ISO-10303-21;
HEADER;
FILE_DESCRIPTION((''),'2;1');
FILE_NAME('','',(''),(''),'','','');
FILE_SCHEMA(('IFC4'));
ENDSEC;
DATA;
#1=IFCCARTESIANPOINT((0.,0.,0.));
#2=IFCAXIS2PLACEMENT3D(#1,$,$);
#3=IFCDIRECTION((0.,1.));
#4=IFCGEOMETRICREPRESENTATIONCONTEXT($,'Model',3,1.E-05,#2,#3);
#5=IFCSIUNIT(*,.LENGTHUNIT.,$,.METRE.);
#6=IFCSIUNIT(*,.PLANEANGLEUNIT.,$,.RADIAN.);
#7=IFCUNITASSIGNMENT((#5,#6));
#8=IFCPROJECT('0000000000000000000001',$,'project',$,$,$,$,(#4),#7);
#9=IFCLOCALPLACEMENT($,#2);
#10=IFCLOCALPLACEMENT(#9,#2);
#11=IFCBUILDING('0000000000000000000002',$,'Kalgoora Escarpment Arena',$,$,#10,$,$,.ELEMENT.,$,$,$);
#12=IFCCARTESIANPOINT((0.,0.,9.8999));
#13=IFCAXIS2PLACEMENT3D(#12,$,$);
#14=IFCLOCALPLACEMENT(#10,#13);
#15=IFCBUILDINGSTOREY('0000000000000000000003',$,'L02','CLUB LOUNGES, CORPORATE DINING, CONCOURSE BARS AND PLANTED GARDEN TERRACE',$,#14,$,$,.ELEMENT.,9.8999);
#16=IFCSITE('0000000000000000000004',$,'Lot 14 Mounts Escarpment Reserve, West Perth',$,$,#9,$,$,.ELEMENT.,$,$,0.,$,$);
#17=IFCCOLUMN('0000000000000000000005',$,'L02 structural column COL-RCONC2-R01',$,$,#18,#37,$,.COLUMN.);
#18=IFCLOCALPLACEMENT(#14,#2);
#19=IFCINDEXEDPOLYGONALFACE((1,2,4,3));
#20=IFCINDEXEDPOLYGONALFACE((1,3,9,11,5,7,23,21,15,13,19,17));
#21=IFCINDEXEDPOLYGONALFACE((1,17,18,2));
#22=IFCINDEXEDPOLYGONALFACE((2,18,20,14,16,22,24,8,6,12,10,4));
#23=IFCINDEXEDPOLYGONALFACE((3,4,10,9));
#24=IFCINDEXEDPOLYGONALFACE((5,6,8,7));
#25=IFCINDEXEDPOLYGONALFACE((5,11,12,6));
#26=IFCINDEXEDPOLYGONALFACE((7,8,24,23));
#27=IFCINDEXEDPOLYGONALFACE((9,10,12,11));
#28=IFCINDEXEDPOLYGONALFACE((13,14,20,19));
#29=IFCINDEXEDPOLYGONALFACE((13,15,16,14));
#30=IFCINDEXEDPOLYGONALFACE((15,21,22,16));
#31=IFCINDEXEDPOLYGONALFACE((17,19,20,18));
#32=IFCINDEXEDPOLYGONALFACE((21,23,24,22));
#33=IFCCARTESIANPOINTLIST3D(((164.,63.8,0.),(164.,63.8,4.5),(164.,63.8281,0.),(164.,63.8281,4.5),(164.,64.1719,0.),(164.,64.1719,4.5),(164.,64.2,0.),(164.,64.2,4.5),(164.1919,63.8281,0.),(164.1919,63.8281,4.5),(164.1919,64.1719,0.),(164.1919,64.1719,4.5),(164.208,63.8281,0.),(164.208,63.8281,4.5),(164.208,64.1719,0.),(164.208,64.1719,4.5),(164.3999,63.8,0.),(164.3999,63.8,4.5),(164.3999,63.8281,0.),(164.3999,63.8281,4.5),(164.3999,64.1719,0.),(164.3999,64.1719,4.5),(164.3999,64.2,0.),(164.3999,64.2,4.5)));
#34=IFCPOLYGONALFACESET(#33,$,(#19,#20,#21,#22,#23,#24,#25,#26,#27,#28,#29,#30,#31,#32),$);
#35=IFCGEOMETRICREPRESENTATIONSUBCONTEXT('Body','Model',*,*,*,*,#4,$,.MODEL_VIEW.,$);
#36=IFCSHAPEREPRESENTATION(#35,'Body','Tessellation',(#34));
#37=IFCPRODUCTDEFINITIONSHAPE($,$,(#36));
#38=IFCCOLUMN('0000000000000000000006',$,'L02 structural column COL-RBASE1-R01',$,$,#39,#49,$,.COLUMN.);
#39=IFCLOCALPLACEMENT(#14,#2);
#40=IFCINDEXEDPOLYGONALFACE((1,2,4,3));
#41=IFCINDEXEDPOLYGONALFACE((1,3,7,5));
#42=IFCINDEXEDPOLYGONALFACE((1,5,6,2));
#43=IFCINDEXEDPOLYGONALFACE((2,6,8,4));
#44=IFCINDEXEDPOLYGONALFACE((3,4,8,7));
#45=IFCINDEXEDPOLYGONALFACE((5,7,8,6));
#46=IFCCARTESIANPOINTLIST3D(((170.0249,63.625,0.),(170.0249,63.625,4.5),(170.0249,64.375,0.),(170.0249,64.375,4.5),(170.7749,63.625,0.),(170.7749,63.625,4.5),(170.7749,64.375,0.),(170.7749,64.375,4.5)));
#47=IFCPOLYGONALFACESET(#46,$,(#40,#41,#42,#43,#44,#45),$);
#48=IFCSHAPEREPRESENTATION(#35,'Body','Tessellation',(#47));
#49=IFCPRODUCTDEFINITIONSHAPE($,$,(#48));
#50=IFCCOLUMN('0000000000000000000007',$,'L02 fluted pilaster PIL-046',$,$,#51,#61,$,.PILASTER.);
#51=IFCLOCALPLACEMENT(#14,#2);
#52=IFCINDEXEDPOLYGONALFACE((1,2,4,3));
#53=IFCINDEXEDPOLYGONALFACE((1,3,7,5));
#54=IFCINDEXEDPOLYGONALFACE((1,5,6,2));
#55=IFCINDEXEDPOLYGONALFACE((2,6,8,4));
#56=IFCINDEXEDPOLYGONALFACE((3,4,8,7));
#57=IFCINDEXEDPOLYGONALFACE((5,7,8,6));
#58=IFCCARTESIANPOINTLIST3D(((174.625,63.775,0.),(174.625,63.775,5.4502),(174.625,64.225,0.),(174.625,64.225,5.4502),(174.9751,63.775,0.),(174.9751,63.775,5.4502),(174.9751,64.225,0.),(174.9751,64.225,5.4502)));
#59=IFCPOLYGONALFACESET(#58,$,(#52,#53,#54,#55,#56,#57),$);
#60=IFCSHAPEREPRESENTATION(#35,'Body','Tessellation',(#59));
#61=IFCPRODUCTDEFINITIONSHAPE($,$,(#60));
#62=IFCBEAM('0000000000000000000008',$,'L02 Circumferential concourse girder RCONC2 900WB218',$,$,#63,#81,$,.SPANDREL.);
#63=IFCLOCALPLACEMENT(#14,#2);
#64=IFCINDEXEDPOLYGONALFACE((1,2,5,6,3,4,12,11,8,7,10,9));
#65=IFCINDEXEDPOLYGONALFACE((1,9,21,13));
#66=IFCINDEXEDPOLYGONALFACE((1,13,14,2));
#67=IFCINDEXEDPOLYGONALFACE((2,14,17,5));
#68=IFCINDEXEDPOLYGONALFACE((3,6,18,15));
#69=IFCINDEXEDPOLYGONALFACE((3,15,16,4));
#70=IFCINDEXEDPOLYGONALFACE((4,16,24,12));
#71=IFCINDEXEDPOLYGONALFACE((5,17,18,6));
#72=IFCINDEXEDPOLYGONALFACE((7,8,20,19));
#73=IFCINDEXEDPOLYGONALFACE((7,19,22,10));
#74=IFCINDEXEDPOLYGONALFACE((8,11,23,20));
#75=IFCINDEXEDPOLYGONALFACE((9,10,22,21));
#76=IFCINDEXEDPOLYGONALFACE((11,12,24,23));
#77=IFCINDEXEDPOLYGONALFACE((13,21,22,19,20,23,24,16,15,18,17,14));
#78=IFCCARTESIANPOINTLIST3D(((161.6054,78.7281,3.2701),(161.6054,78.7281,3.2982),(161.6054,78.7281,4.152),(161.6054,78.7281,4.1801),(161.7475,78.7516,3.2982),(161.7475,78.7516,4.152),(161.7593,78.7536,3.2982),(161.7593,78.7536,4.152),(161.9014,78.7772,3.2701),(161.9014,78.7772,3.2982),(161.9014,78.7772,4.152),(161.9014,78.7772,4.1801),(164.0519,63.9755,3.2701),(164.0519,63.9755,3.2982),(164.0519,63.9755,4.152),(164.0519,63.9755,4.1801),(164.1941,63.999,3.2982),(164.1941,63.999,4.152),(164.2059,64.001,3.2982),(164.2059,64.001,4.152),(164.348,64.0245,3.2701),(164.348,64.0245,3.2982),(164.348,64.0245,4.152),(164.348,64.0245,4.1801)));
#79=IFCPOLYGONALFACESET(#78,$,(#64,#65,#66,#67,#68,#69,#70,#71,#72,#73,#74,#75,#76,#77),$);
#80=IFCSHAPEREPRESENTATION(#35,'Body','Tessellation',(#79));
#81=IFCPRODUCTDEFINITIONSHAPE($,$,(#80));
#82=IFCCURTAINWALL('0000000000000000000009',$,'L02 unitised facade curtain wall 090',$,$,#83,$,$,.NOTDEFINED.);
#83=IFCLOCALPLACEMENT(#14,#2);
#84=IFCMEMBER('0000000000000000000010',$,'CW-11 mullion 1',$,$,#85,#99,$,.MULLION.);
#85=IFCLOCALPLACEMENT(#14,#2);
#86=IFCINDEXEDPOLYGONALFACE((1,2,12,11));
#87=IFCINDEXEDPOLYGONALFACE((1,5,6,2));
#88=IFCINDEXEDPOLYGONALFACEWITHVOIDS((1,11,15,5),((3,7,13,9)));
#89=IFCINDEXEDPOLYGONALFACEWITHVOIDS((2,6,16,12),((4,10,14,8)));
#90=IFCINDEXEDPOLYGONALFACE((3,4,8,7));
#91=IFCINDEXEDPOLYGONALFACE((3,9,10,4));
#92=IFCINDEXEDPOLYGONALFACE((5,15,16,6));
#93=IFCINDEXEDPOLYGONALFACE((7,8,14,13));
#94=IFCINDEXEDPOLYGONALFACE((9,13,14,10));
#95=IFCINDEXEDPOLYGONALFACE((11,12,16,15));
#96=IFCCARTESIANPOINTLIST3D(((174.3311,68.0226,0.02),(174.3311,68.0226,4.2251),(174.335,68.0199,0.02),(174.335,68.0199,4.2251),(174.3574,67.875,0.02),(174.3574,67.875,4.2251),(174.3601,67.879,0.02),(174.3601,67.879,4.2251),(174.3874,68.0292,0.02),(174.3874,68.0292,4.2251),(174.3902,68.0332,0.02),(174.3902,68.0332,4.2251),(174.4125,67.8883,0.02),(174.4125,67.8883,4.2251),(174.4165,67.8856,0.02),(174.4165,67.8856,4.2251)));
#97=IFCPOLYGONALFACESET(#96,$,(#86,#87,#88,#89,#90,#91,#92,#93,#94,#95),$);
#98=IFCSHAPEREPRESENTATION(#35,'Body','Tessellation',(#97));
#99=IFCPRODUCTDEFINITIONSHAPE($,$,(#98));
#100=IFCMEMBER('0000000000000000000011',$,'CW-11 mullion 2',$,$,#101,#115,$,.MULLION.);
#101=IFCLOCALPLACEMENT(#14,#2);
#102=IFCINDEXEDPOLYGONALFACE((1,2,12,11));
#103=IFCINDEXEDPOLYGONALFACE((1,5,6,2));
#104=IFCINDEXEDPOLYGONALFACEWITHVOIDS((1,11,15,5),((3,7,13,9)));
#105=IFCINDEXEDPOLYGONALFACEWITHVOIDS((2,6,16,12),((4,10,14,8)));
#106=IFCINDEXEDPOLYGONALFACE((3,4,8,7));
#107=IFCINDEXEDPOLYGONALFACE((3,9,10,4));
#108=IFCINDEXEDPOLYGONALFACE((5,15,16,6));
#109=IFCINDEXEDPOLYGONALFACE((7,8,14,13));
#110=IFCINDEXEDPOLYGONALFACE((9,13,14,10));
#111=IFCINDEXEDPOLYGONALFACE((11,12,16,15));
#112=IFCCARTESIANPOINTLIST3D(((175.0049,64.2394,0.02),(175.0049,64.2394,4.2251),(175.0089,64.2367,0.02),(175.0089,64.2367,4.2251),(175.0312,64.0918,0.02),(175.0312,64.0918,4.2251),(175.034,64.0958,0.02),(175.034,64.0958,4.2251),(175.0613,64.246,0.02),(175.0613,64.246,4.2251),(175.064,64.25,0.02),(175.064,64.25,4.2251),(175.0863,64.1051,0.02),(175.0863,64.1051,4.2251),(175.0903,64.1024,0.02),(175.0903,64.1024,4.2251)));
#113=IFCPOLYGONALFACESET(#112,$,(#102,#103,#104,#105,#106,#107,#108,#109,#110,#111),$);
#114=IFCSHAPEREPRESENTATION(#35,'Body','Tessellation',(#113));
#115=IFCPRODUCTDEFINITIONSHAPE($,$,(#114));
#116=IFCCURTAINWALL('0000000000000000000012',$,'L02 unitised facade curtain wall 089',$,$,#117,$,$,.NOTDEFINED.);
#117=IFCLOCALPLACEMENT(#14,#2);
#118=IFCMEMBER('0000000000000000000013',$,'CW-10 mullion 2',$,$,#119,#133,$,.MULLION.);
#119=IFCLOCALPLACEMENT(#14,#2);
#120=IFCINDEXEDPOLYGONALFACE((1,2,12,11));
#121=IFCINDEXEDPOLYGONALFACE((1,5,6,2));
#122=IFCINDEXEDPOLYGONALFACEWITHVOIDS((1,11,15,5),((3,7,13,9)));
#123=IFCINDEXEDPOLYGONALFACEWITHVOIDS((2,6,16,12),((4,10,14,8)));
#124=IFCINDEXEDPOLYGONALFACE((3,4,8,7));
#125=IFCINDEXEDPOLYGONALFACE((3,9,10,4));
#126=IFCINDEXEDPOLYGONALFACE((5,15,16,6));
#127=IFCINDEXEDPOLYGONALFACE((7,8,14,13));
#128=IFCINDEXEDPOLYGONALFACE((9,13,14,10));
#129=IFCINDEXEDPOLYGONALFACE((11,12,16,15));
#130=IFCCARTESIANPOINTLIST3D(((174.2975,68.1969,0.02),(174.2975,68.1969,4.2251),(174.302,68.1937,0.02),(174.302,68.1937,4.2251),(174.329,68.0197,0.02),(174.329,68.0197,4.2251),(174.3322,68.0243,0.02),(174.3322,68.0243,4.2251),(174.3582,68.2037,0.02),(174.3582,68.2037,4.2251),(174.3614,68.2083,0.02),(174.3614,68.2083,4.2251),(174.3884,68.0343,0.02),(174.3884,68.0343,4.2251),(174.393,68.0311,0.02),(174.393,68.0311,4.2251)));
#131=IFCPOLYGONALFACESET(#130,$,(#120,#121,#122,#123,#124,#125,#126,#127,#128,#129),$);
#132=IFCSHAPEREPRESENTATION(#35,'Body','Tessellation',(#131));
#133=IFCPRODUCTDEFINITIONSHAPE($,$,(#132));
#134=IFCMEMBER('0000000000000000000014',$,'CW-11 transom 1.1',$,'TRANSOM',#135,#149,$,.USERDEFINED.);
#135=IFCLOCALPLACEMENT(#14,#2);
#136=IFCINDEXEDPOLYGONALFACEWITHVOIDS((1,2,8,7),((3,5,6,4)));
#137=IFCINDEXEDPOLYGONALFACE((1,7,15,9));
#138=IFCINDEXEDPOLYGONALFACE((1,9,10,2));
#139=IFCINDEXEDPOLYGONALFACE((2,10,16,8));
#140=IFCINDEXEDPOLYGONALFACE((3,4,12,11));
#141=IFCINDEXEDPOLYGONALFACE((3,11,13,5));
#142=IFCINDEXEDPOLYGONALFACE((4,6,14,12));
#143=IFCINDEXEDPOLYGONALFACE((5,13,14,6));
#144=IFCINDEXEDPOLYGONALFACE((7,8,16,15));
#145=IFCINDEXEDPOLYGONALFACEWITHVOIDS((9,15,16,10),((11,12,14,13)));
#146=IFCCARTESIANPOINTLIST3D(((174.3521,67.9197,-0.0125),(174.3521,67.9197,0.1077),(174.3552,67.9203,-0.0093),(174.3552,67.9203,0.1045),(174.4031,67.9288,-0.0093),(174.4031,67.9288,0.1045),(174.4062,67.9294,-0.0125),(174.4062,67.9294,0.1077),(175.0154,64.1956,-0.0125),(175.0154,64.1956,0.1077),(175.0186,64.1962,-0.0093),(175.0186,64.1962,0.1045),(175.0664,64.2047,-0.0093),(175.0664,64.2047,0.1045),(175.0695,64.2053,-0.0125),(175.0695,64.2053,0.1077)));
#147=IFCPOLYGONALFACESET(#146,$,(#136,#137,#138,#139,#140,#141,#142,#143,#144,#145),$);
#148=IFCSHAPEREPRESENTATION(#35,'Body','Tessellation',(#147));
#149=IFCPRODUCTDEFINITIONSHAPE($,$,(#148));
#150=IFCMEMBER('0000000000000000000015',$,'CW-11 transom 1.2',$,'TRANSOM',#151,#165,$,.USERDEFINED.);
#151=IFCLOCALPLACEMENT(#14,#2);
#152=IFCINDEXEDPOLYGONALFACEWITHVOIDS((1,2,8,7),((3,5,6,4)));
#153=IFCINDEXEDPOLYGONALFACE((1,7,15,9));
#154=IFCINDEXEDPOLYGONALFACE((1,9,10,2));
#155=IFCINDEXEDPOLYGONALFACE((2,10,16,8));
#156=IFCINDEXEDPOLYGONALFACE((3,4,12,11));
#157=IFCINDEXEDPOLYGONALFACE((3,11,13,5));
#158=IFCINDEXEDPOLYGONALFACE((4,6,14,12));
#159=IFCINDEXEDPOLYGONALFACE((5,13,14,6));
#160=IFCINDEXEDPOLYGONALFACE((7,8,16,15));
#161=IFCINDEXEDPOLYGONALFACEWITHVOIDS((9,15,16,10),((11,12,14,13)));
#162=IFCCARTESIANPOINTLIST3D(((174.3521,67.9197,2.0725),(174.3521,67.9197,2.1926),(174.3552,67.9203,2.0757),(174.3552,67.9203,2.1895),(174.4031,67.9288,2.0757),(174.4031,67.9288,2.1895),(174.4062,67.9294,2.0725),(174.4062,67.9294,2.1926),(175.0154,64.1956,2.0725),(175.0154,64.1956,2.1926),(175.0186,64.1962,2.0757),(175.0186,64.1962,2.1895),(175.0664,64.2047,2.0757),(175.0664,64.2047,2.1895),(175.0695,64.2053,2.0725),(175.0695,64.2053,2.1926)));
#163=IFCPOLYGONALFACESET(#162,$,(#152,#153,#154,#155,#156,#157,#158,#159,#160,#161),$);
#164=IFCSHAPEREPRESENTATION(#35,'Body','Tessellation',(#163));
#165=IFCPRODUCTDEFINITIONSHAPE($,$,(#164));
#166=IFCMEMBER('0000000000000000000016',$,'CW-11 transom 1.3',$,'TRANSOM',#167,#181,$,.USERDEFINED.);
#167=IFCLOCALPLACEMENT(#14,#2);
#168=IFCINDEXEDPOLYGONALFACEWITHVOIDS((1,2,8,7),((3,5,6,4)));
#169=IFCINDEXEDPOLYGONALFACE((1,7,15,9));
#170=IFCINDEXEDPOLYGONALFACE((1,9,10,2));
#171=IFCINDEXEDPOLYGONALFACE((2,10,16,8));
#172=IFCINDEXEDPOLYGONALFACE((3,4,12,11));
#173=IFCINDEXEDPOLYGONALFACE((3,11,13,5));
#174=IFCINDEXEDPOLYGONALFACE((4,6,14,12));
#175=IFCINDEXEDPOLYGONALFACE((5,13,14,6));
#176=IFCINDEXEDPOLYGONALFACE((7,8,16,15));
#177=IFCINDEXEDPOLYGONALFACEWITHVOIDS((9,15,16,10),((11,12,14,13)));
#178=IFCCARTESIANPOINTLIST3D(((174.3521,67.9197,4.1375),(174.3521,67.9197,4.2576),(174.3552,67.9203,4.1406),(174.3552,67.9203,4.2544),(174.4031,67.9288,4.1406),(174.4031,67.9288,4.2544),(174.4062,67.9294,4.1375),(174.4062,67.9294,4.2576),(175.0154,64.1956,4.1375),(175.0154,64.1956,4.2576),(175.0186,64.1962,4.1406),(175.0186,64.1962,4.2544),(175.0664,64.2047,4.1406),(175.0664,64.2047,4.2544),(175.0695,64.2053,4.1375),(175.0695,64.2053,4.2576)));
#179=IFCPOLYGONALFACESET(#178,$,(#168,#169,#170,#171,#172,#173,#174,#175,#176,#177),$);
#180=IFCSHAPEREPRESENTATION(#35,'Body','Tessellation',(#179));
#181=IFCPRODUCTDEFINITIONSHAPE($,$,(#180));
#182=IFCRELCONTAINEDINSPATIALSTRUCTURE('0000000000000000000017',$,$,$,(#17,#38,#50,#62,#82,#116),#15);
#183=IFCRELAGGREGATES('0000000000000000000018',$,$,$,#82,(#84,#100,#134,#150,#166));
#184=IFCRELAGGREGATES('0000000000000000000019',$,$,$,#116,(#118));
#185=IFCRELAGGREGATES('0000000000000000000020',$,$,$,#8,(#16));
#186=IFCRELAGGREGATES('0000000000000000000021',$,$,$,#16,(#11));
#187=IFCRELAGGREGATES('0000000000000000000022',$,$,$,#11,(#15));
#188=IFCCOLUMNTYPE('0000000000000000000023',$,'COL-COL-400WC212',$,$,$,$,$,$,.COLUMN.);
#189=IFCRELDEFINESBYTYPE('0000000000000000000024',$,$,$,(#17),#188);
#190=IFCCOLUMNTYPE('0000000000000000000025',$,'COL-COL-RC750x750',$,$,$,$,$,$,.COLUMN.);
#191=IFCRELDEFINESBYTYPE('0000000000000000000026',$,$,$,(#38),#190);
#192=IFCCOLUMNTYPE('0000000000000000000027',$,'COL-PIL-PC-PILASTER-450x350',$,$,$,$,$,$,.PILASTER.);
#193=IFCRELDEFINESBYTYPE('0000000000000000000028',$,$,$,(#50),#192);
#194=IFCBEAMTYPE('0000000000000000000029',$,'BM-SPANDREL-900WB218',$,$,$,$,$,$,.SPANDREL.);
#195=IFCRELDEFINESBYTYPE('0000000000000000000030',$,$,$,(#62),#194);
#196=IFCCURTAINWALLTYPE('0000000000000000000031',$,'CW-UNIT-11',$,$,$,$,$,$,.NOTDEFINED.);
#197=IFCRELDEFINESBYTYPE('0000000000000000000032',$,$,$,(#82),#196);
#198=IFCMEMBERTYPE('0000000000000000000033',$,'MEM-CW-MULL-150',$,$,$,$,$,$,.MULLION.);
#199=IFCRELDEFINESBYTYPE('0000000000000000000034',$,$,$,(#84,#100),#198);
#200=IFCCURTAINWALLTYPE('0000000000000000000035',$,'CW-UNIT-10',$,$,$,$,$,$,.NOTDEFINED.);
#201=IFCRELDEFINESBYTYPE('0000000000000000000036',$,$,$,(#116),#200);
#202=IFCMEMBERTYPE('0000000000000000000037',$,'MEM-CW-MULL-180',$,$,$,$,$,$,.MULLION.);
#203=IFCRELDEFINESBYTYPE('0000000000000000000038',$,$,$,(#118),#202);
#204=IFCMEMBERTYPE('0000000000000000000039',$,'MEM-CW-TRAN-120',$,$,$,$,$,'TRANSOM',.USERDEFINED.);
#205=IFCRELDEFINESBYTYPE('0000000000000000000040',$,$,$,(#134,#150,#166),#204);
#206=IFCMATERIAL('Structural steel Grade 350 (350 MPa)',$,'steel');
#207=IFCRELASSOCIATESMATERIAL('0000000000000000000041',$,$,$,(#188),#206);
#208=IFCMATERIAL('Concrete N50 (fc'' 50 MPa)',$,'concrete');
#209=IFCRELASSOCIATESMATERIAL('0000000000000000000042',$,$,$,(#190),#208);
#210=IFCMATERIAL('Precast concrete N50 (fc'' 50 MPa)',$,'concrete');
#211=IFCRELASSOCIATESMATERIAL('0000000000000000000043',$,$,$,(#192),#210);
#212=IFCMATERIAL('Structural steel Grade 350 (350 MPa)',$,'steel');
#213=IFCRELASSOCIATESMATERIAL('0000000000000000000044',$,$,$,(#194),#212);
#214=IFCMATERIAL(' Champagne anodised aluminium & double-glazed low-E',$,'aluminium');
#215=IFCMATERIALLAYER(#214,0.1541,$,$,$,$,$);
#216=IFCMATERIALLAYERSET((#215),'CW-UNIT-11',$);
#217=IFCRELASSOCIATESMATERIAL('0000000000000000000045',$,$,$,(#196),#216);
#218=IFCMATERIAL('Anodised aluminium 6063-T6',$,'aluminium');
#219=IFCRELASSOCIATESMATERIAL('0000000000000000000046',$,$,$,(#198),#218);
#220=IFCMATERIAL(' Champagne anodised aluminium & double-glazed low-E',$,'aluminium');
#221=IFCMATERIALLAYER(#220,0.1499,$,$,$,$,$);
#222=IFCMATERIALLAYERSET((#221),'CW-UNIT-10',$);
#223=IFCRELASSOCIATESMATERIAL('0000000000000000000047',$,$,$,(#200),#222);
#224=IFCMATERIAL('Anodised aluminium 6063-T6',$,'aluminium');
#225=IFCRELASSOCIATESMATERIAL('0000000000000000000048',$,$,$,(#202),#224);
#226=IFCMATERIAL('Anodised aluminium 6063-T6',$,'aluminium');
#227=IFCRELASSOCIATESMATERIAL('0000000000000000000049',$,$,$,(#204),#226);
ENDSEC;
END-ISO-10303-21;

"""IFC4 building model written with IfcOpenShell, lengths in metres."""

from ifc_helpers import new_model, si_unit, direction, frame, origin, origin_2d, place, context, subcontext, project, spatial, rectangle, hollow_rectangle, i_section, extrude, material, layer, layer_set, material_profile, profile_set, type_object, element, aggregate, save


model = new_model("IFC4")

# Units and contexts
model_context = context("Model", 3, precision=1e-05, world=origin(), true_north=direction((0.0, 1.0)))
body_context = subcontext(model_context, "Body", "Model", "MODEL_VIEW")
ifc_project = project(units=[si_unit("LENGTHUNIT", "METRE"), si_unit("PLANEANGLEUNIT", "RADIAN")], contexts=[model_context])

# Site, building, storey
site_placement = place(None, origin())
site = spatial("IfcSite", under=ifc_project, at=site_placement, Name="Lot 14 Mounts Escarpment Reserve, West Perth", CompositionType="ELEMENT", RefElevation=0.0)
building_placement = place(site_placement, origin())
building = spatial("IfcBuilding", under=site, at=building_placement, Name="Kalgoora Escarpment Arena", CompositionType="ELEMENT")
storey_placement = place(building_placement, frame((0.0, 0.0, 9.8999)))
storey = spatial("IfcBuildingStorey", under=building, at=storey_placement, Name="L02", Description="CLUB LOUNGES, CORPORATE DINING, CONCOURSE BARS AND PLANTED GARDEN TERRACE", CompositionType="ELEMENT", Elevation=9.8999)

# Columns
ifc_material_1 = material(Name="Structural steel Grade 350 (350 MPa)", Category="steel")
ifc_material_profile_1 = material_profile(ifc_material_1, i_section(OverallWidth=0.3999, OverallDepth=0.3999, WebThickness=0.0161, FlangeThickness=0.0281, at=origin_2d()))
ifc_profile_set_1 = profile_set([ifc_material_profile_1], Name="Structural steel Grade 350 (350 MPa)")
column_type_1 = type_object("IfcColumnType", Name="COL-COL-400WC212", PredefinedType="COLUMN", material=ifc_profile_set_1)
column_1_placement = place(storey_placement, frame((164.2, 64.0, 0.0), z_axis=(0.0, 0.0, 1.0), x_axis=(1.0, 0.0, 0.0)))
element("IfcColumn", 1, at=column_1_placement, inside=storey, type_object=column_type_1, Name="L02 structural column COL-RCONC2-R01", PredefinedType="COLUMN", context=body_context, shape_type="SweptSolid", body=[
    extrude(i_section(OverallWidth=0.3999, OverallDepth=0.3999, WebThickness=0.0161, FlangeThickness=0.0281, at=origin_2d()), origin(), (0.0, 0.0, 1.0), 4.5),
])
ifc_material_2 = material(Name="Concrete N50 (fc' 50 MPa)", Category="concrete")
ifc_material_profile_2 = material_profile(ifc_material_2, rectangle(XDim=0.75, YDim=0.75, at=origin_2d()))
ifc_profile_set_2 = profile_set([ifc_material_profile_2], Name="Concrete N50 (fc' 50 MPa)")
column_type_2 = type_object("IfcColumnType", Name="COL-COL-RC750x750", PredefinedType="COLUMN", material=ifc_profile_set_2)
column_2_placement = place(storey_placement, frame((170.3999, 64.0, 0.0), z_axis=(0.0, 0.0, 1.0), x_axis=(1.0, 0.0, 0.0)))
element("IfcColumn", 2, at=column_2_placement, inside=storey, type_object=column_type_2, Name="L02 structural column COL-RBASE1-R01", PredefinedType="COLUMN", context=body_context, shape_type="SweptSolid", body=[
    extrude(rectangle(XDim=0.75, YDim=0.75, at=origin_2d()), origin(), (0.0, 0.0, 1.0), 4.5),
])
ifc_material_3 = material(Name="Precast concrete N50 (fc' 50 MPa)", Category="concrete")
ifc_material_profile_3 = material_profile(ifc_material_3, rectangle(XDim=0.3501, YDim=0.45, at=origin_2d()))
ifc_profile_set_3 = profile_set([ifc_material_profile_3], Name="Precast concrete N50 (fc' 50 MPa)")
column_type_3 = type_object("IfcColumnType", Name="COL-PIL-PC-PILASTER-450x350", PredefinedType="PILASTER", material=ifc_profile_set_3)
column_3_placement = place(storey_placement, frame((174.8, 64.0, 0.0), z_axis=(0.0, 0.0, 1.0), x_axis=(1.0, 0.0, 0.0)))
element("IfcColumn", 3, at=column_3_placement, inside=storey, type_object=column_type_3, Name="L02 fluted pilaster PIL-046", PredefinedType="PILASTER", context=body_context, shape_type="SweptSolid", body=[
    extrude(rectangle(XDim=0.3501, YDim=0.45, at=origin_2d()), origin(), (0.0, 0.0, 1.0), 5.4502),
])

# Beam
ifc_material_4 = material(Name="Structural steel Grade 350 (350 MPa)", Category="steel")
ifc_material_profile_4 = material_profile(ifc_material_4, i_section(OverallWidth=0.3, OverallDepth=0.9099, WebThickness=0.012, FlangeThickness=0.0281, at=origin_2d()))
ifc_profile_set_4 = profile_set([ifc_material_profile_4], Name="Structural steel Grade 350 (350 MPa)")
beam_type = type_object("IfcBeamType", Name="BM-SPANDREL-900WB218", PredefinedType="SPANDREL", material=ifc_profile_set_4)
beam_placement = place(storey_placement, frame((164.2, 64.0, 3.7251), z_axis=(-0.163602, 0.986526, 0.0), x_axis=(-0.986526, -0.163602, 0.0)))
element("IfcBeam", 4, at=beam_placement, inside=storey, type_object=beam_type, Name="L02 Circumferential concourse girder RCONC2 900WB218", PredefinedType="SPANDREL", context=body_context, shape_type="SweptSolid", body=[
    extrude(i_section(OverallWidth=0.3, OverallDepth=0.9099, WebThickness=0.012, FlangeThickness=0.0281, at=origin_2d()), origin(), (0.0, 0.0, 1.0), 14.9541),
])

# Curtain wall, members
ifc_material_5 = material(Name=" Champagne anodised aluminium & double-glazed low-E", Category="aluminium")
ifc_layer_1 = layer(ifc_material_5, 0.1541)
ifc_layer_set_1 = layer_set([ifc_layer_1], Name="CW-UNIT-11")
curtain_wall_type_1 = type_object("IfcCurtainWallType", Name="CW-UNIT-11", PredefinedType="NOTDEFINED", material=ifc_layer_set_1)
curtain_wall_1_placement = place(storey_placement, origin())
curtain_wall_1 = element("IfcCurtainWall", 5, at=curtain_wall_1_placement, inside=storey, type_object=curtain_wall_type_1, Name="L02 unitised facade curtain wall 090", PredefinedType="NOTDEFINED")
ifc_material_6 = material(Name="Anodised aluminium 6063-T6", Category="aluminium")
ifc_material_profile_5 = material_profile(ifc_material_6, hollow_rectangle(XDim=0.0601, YDim=0.1499, WallThickness=0.0034, at=origin_2d()))
ifc_profile_set_5 = profile_set([ifc_material_profile_5], Name="Anodised aluminium 6063-T6")
member_type_1 = type_object("IfcMemberType", Name="MEM-CW-MULL-150", PredefinedType="MULLION", material=ifc_profile_set_5)
member_1_placement = place(storey_placement, frame((174.3738, 67.9541, 0.02), z_axis=(0.0, 0.0, 1.0), x_axis=(0.984508, 0.175342, 0.0)))
member_1 = element("IfcMember", 6, at=member_1_placement, type_object=member_type_1, Name="CW-11 mullion 1", PredefinedType="MULLION", context=body_context, shape_type="SweptSolid", body=[
    extrude(hollow_rectangle(XDim=0.0601, YDim=0.1499, WallThickness=0.0034, at=origin_2d()), origin(), (0.0, 0.0, 1.0), 4.2051),
])
member_2_placement = place(storey_placement, frame((175.0476, 64.1709, 0.02), z_axis=(0.0, 0.0, 1.0), x_axis=(0.984508, 0.175342, 0.0)))
member_2 = element("IfcMember", 7, at=member_2_placement, type_object=member_type_1, Name="CW-11 mullion 2", PredefinedType="MULLION", context=body_context, shape_type="SweptSolid", body=[
    extrude(hollow_rectangle(XDim=0.0601, YDim=0.1499, WallThickness=0.0034, at=origin_2d()), origin(), (0.0, 0.0, 1.0), 4.2051),
])

# Curtain wall, member
ifc_material_7 = material(Name=" Champagne anodised aluminium & double-glazed low-E", Category="aluminium")
ifc_layer_2 = layer(ifc_material_7, 0.1499)
ifc_layer_set_2 = layer_set([ifc_layer_2], Name="CW-UNIT-10")
curtain_wall_type_2 = type_object("IfcCurtainWallType", Name="CW-UNIT-10", PredefinedType="NOTDEFINED", material=ifc_layer_set_2)
curtain_wall_2_placement = place(storey_placement, origin())
curtain_wall_2 = element("IfcCurtainWall", 8, at=curtain_wall_2_placement, inside=storey, type_object=curtain_wall_type_2, Name="L02 unitised facade curtain wall 089", PredefinedType="NOTDEFINED")
ifc_material_8 = material(Name="Anodised aluminium 6063-T6", Category="aluminium")
ifc_material_profile_6 = material_profile(ifc_material_8, hollow_rectangle(XDim=0.0649, YDim=0.1799, WallThickness=0.0039, at=origin_2d()))
ifc_profile_set_6 = profile_set([ifc_material_profile_6], Name="Anodised aluminium 6063-T6")
member_type_2 = type_object("IfcMemberType", Name="MEM-CW-MULL-180", PredefinedType="MULLION", material=ifc_profile_set_6)
member_3_placement = place(storey_placement, frame((174.3452, 68.114, 0.02), z_axis=(0.0, 0.0, 1.0), x_axis=(0.984508, 0.175337, 0.0)))
member_3 = element("IfcMember", 9, at=member_3_placement, type_object=member_type_2, Name="CW-10 mullion 2", PredefinedType="MULLION", context=body_context, shape_type="SweptSolid", body=[
    extrude(hollow_rectangle(XDim=0.0649, YDim=0.1799, WallThickness=0.0039, at=origin_2d()), origin(), (0.0, 0.0, 1.0), 4.2051),
])

# Members
ifc_material_9 = material(Name="Anodised aluminium 6063-T6", Category="aluminium")
ifc_material_profile_7 = material_profile(ifc_material_9, hollow_rectangle(XDim=0.0549, YDim=0.1201, WallThickness=0.0032, at=origin_2d()))
ifc_profile_set_7 = profile_set([ifc_material_profile_7], Name="Anodised aluminium 6063-T6")
member_type_3 = type_object("IfcMemberType", Name="MEM-CW-TRAN-120", ElementType="TRANSOM", PredefinedType="USERDEFINED", material=ifc_profile_set_7)
member_4_placement = place(storey_placement, frame((174.3792, 67.9246, 0.0476), z_axis=(0.175357, -0.984505, 0.0), x_axis=(0.984505, 0.175357, 0.0)))
member_4 = element("IfcMember", 10, at=member_4_placement, type_object=member_type_3, Name="CW-11 transom 1.1", ObjectType="TRANSOM", PredefinedType="USERDEFINED", context=body_context, shape_type="SweptSolid", body=[
    extrude(hollow_rectangle(XDim=0.0549, YDim=0.1201, WallThickness=0.0032, at=origin_2d()), origin(), (0.0, 0.0, 1.0), 3.7827),
])
member_5_placement = place(storey_placement, frame((174.3792, 67.9246, 2.1326), z_axis=(0.175357, -0.984505, 0.0), x_axis=(0.984505, 0.175357, 0.0)))
member_5 = element("IfcMember", 11, at=member_5_placement, type_object=member_type_3, Name="CW-11 transom 1.2", ObjectType="TRANSOM", PredefinedType="USERDEFINED", context=body_context, shape_type="SweptSolid", body=[
    extrude(hollow_rectangle(XDim=0.0549, YDim=0.1201, WallThickness=0.0032, at=origin_2d()), origin(), (0.0, 0.0, 1.0), 3.7827),
])
member_6_placement = place(storey_placement, frame((174.3792, 67.9246, 4.1975), z_axis=(0.175357, -0.984505, 0.0), x_axis=(0.984505, 0.175357, 0.0)))
member_6 = element("IfcMember", 12, at=member_6_placement, type_object=member_type_3, Name="CW-11 transom 1.3", ObjectType="TRANSOM", PredefinedType="USERDEFINED", context=body_context, shape_type="SweptSolid", body=[
    extrude(hollow_rectangle(XDim=0.0549, YDim=0.1201, WallThickness=0.0032, at=origin_2d()), origin(), (0.0, 0.0, 1.0), 3.7827),
])

aggregate(curtain_wall_1, [member_1, member_2, member_4, member_5, member_6])
aggregate(curtain_wall_2, [member_3])

save(model, "model.ifc")
